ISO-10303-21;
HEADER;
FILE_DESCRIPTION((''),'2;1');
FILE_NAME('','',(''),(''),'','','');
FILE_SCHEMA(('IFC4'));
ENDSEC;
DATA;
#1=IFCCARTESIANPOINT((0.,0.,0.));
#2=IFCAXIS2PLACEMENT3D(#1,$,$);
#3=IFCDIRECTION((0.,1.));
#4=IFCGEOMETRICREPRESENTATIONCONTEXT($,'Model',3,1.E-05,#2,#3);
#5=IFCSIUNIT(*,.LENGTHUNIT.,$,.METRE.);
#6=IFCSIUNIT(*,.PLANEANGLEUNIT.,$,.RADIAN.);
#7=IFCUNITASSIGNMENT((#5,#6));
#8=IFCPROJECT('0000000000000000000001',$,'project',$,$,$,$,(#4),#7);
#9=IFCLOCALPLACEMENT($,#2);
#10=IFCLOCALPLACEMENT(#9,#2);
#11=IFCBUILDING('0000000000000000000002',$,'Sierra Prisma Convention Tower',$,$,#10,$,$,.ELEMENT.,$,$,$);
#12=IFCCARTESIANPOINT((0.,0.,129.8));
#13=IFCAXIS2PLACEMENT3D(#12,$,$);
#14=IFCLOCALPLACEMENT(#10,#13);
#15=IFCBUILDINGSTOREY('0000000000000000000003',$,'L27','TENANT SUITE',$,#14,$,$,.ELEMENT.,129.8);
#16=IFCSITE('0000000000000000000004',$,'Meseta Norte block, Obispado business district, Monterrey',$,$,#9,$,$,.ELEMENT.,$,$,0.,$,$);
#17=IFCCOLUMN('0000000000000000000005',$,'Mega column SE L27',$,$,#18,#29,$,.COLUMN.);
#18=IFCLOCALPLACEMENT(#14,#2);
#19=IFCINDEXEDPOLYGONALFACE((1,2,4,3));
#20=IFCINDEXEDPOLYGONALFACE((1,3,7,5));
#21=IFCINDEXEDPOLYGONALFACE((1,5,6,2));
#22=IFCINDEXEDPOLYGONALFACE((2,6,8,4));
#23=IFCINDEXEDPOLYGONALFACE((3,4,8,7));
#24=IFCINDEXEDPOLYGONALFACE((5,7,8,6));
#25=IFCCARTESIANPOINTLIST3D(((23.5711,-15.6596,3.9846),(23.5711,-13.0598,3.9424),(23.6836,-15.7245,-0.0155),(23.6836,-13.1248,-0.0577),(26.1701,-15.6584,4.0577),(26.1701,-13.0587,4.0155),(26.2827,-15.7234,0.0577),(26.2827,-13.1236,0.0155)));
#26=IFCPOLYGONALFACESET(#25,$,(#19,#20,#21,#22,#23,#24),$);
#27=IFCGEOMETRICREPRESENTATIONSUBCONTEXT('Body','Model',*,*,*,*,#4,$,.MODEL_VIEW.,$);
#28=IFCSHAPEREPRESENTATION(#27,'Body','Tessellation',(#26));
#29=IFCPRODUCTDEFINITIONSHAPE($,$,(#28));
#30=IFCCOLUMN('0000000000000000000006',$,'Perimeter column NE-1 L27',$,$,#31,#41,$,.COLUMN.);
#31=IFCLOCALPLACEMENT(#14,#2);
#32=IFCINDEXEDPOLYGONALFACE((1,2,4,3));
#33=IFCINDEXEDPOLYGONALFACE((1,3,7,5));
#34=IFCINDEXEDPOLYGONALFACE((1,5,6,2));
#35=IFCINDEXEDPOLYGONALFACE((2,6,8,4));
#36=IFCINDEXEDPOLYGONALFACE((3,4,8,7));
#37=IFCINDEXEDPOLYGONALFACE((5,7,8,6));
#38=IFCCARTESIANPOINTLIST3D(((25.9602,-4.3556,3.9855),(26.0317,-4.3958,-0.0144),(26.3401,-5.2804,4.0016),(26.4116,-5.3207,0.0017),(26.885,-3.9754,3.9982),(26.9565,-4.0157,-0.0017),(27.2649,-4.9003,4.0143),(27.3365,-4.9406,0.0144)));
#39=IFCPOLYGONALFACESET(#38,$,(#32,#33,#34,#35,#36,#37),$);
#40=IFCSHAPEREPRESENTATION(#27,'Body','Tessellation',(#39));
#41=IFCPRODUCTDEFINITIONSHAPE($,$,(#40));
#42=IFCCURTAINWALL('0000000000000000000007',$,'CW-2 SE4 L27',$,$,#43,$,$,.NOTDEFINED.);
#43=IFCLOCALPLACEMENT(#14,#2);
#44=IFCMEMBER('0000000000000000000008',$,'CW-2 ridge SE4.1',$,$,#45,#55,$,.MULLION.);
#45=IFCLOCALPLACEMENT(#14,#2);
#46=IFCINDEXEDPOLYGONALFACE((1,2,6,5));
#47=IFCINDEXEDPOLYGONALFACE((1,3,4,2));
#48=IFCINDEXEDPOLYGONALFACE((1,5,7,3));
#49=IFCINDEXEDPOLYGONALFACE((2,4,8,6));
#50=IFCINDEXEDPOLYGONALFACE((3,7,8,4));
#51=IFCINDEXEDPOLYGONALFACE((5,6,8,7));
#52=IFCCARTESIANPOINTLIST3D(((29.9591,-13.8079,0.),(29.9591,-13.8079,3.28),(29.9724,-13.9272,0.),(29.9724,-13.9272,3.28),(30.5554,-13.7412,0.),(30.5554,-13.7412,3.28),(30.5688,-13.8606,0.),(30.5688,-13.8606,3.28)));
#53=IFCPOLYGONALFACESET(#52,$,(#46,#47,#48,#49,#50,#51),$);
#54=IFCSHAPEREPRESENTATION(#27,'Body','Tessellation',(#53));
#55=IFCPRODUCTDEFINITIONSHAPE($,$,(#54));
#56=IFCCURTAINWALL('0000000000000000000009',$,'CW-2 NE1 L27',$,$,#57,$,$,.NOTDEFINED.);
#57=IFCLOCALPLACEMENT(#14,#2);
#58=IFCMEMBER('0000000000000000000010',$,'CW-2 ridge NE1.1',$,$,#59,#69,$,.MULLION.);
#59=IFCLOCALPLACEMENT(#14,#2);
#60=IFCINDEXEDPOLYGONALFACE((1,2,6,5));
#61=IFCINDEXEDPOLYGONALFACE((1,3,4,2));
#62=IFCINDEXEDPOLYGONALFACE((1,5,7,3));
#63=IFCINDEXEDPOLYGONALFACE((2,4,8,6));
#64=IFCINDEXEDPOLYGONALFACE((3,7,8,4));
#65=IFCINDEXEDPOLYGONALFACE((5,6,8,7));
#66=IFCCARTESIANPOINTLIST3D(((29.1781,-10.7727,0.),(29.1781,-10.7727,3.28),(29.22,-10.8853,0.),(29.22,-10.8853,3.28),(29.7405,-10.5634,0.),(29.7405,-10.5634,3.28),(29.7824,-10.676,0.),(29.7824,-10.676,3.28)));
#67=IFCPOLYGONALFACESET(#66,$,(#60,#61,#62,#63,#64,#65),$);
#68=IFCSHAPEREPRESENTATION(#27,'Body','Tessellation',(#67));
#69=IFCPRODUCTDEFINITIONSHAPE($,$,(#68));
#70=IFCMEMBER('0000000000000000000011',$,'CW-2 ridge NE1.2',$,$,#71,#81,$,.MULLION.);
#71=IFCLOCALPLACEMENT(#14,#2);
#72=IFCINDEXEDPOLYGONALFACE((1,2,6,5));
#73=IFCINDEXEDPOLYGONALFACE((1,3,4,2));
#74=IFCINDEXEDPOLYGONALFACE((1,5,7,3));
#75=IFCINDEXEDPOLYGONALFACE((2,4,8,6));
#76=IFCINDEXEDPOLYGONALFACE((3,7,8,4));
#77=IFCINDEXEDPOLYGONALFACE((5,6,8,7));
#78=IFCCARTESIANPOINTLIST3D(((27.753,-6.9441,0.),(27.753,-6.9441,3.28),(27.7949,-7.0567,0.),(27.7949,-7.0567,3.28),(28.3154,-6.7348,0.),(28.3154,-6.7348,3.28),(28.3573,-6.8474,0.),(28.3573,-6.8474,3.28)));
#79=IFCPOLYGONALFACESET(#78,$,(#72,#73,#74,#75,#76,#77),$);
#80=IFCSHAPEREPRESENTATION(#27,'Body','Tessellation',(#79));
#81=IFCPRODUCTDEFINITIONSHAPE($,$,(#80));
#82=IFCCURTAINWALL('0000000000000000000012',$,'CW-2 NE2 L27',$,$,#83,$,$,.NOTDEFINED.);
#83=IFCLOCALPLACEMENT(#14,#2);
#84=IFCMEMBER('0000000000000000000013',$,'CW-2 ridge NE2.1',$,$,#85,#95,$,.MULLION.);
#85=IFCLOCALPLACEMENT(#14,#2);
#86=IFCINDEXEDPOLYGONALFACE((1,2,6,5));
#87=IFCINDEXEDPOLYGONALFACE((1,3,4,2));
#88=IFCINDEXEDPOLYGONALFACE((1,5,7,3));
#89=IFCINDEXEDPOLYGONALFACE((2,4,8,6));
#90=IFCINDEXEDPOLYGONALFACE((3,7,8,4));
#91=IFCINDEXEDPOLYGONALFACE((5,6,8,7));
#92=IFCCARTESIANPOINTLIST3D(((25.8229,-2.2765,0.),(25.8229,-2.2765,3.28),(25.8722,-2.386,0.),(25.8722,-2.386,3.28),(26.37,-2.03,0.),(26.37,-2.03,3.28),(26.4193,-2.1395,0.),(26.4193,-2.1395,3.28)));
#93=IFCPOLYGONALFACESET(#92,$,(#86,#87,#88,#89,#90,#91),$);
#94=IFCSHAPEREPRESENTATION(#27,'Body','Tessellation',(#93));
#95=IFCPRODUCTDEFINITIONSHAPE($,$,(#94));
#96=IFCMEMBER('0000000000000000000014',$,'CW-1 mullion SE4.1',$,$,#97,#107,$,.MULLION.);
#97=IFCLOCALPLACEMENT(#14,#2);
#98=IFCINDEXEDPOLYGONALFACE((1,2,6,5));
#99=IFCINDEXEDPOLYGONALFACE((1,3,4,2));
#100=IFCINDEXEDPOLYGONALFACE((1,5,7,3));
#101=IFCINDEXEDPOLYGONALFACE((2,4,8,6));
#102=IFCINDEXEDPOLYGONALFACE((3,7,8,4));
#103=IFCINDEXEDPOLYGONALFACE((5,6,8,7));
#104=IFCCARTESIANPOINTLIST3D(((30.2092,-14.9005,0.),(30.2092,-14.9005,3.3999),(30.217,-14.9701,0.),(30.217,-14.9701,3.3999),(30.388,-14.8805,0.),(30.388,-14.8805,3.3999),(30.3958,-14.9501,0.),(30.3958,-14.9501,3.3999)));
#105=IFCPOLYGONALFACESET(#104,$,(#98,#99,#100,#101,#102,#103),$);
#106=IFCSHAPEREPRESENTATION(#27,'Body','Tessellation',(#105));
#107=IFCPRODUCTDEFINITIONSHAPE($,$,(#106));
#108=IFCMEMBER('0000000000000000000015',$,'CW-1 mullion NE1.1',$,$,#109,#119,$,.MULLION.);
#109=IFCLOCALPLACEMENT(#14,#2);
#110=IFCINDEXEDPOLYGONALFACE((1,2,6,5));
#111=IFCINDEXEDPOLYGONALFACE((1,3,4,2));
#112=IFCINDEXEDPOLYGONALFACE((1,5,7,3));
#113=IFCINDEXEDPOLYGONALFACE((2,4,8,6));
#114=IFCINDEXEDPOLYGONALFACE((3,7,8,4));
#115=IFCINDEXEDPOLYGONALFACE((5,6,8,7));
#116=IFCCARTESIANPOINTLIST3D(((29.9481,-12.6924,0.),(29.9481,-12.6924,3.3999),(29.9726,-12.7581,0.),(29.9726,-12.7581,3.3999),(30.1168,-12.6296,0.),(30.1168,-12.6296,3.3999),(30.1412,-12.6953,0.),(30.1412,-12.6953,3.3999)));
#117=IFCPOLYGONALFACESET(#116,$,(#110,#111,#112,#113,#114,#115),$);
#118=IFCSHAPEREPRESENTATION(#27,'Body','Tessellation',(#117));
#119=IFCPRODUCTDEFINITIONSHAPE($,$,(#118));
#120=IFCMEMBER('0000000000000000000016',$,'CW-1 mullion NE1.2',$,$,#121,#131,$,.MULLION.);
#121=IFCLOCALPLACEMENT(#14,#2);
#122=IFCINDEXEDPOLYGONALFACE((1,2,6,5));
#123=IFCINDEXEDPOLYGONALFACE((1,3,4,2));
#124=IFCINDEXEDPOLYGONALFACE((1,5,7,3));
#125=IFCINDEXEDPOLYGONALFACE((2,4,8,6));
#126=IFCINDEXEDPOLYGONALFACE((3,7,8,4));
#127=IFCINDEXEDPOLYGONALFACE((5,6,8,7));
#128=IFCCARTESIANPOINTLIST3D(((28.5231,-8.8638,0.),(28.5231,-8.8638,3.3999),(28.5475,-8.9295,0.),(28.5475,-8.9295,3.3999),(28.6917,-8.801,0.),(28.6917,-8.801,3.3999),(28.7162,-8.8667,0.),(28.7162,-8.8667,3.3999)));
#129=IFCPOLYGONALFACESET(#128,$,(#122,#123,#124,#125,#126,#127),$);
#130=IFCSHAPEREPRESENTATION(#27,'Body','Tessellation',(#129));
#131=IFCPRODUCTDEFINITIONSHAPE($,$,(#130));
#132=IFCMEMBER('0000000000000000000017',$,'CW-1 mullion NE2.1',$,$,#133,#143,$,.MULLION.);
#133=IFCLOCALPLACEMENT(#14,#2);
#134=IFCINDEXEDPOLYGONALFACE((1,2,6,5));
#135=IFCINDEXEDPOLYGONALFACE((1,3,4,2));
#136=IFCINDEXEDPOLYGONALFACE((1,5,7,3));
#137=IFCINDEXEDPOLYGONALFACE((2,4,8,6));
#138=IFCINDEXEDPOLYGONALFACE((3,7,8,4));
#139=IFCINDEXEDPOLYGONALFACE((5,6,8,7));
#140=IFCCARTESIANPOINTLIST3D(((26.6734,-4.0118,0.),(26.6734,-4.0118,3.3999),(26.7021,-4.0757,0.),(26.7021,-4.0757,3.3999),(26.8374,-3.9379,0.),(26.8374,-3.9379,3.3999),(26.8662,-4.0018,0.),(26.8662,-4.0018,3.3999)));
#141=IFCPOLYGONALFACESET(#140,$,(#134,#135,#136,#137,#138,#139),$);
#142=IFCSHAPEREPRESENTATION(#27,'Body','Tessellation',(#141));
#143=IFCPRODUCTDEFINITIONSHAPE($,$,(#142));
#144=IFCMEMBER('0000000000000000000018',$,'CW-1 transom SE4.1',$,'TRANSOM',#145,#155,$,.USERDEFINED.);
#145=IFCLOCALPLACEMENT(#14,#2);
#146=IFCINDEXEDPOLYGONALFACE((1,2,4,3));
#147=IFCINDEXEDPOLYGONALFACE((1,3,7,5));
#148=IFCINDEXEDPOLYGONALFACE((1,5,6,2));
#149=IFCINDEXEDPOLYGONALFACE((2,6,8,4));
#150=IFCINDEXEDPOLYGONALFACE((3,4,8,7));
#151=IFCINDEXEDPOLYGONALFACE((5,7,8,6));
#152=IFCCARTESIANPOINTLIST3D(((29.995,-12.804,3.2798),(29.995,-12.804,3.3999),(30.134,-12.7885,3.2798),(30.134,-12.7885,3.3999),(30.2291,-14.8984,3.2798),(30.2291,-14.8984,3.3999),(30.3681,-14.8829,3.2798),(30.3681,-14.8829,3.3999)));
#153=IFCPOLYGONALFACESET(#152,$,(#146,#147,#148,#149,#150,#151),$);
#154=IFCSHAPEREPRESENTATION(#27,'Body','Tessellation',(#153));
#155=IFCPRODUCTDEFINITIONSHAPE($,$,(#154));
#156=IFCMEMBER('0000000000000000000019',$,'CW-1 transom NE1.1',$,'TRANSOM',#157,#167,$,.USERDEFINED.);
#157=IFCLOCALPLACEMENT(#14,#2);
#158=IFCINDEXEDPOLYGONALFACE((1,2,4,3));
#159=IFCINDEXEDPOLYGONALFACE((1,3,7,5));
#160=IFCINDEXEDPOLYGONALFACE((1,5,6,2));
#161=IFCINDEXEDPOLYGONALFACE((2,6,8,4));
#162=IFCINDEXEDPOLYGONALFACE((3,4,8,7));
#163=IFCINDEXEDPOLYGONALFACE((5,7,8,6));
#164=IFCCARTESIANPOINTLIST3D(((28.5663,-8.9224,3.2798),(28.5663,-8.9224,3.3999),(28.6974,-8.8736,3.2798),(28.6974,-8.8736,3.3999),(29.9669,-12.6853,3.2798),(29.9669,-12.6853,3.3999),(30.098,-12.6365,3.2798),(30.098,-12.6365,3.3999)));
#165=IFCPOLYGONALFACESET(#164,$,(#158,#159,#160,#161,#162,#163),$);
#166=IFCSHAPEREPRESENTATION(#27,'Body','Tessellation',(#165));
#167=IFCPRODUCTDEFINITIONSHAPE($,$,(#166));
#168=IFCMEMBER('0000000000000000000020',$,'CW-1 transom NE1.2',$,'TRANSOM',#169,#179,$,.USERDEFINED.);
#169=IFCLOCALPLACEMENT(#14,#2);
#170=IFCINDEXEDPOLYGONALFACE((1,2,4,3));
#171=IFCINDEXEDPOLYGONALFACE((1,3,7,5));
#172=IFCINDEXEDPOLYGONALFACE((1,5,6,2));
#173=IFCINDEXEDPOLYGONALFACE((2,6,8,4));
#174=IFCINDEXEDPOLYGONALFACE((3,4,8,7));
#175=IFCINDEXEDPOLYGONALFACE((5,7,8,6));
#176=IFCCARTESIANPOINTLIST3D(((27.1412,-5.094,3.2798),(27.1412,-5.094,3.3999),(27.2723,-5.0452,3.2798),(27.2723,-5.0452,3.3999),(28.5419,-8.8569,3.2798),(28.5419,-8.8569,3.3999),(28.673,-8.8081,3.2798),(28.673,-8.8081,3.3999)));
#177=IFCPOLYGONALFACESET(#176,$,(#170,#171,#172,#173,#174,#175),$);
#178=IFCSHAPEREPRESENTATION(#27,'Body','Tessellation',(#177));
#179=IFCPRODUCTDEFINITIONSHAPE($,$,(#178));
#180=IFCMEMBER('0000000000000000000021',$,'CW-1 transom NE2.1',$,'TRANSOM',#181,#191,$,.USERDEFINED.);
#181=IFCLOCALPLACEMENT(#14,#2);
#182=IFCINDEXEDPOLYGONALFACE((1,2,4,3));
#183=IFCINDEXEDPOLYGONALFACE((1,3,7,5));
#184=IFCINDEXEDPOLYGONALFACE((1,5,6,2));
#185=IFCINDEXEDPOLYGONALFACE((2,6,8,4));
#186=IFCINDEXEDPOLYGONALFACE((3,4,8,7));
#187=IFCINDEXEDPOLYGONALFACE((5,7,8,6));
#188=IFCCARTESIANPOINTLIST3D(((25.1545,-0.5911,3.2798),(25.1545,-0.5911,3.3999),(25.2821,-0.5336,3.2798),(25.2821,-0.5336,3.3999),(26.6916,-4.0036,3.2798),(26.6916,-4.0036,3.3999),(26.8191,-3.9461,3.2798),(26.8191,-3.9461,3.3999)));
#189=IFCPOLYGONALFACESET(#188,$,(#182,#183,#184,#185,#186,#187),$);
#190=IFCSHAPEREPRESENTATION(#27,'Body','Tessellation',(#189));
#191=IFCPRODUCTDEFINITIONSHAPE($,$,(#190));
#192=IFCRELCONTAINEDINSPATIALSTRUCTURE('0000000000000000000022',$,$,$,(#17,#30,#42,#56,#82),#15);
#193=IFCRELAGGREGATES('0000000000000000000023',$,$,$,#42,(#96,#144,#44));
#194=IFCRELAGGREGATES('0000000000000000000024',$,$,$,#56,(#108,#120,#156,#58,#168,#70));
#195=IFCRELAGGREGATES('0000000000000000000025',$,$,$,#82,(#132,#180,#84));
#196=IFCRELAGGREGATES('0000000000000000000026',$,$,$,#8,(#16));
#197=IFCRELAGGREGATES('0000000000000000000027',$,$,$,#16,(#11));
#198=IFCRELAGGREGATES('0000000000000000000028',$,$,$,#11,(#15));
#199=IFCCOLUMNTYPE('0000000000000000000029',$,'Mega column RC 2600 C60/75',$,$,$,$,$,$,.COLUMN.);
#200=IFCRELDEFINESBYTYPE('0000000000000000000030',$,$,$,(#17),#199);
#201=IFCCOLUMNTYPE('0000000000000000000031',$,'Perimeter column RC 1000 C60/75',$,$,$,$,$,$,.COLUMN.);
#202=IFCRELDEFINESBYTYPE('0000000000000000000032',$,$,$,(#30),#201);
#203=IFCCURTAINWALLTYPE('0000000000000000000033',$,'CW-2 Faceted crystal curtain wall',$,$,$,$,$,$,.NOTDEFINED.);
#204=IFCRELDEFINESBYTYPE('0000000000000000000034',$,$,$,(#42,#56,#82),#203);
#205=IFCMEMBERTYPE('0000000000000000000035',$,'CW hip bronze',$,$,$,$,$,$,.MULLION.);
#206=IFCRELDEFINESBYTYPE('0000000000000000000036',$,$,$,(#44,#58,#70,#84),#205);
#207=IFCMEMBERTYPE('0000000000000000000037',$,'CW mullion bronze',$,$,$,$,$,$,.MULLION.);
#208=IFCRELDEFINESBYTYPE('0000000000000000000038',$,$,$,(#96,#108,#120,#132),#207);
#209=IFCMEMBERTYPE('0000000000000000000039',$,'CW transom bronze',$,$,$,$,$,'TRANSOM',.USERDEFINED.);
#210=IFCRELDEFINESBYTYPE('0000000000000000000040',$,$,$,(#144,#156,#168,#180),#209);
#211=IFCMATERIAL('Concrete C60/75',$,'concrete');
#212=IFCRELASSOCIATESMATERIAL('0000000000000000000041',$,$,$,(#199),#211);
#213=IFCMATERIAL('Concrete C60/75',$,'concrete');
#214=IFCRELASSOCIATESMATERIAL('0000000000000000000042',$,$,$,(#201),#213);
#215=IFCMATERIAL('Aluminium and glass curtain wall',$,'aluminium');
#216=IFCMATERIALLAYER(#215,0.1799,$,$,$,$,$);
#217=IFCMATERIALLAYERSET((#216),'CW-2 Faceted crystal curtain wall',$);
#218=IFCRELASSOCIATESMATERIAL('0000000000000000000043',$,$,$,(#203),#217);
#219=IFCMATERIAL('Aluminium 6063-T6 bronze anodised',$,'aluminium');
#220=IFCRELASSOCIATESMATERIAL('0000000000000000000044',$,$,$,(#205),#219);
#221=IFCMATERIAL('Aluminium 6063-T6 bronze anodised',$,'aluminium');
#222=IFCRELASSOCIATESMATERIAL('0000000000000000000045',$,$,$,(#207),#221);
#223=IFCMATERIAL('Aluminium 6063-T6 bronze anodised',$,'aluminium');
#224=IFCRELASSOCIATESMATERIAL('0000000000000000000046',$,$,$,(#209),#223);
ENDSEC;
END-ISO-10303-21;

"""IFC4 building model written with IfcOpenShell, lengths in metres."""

from ifc_helpers import new_model, si_unit, direction, frame, origin, origin_2d, place, context, subcontext, project, spatial, rectangle, extrude, material, layer, layer_set, material_profile, profile_set, type_object, element, aggregate, save


model = new_model("IFC4")

# Units and contexts
model_context = context("Model", 3, precision=1e-05, world=origin(), true_north=direction((0.0, 1.0)))
body_context = subcontext(model_context, "Body", "Model", "MODEL_VIEW")
ifc_project = project(units=[si_unit("LENGTHUNIT", "METRE"), si_unit("PLANEANGLEUNIT", "RADIAN")], contexts=[model_context])

# Site, building, storey
site_placement = place(None, origin())
site = spatial("IfcSite", under=ifc_project, at=site_placement, Name="Meseta Norte block, Obispado business district, Monterrey", CompositionType="ELEMENT", RefElevation=0.0)
building_placement = place(site_placement, origin())
building = spatial("IfcBuilding", under=site, at=building_placement, Name="Sierra Prisma Convention Tower", CompositionType="ELEMENT")
storey_placement = place(building_placement, frame((0.0, 0.0, 129.8)))
storey = spatial("IfcBuildingStorey", under=building, at=storey_placement, Name="L27", Description="TENANT SUITE", CompositionType="ELEMENT", Elevation=129.8)

# Columns
ifc_material_1 = material(Name="Concrete C60/75", Category="concrete")
ifc_material_profile_1 = material_profile(ifc_material_1, rectangle(XDim=2.6001, YDim=2.6001, at=origin_2d()), Name="Mega column RC 2600 C60/75")
ifc_profile_set_1 = profile_set([ifc_material_profile_1], Name="Concrete C60/75")
column_type_1 = type_object("IfcColumnType", Name="Mega column RC 2600 C60/75", PredefinedType="COLUMN", material=ifc_profile_set_1)
column_1_placement = place(storey_placement, frame((24.9832, -14.4241, 0.0), z_axis=(-0.028122, 0.016227, 0.999473), x_axis=(0.999604, 0.000457, 0.028119)))
element("IfcColumn", 1, at=column_1_placement, inside=storey, type_object=column_type_1, Name="Mega column SE L27", PredefinedType="COLUMN", context=body_context, shape_type="SweptSolid", body=[
    extrude(rectangle(XDim=2.6001, YDim=2.6001, at=origin_2d()), origin(), (0.0, 0.0, 1.0), 4.0022),
])
ifc_material_2 = material(Name="Concrete C60/75", Category="concrete")
ifc_material_profile_2 = material_profile(ifc_material_2, rectangle(XDim=1.0, YDim=1.0, at=origin_2d()), Name="Perimeter column RC 1000 C60/75")
ifc_profile_set_2 = profile_set([ifc_material_profile_2], Name="Concrete C60/75")
column_type_2 = type_object("IfcColumnType", Name="Perimeter column RC 1000 C60/75", PredefinedType="COLUMN", material=ifc_profile_set_2)
column_2_placement = place(storey_placement, frame((26.6841, -4.6682, 0.0), z_axis=(-0.01788, 0.010069, 0.999789), x_axis=(-0.37992, 0.924879, -0.016108)))
element("IfcColumn", 2, at=column_2_placement, inside=storey, type_object=column_type_2, Name="Perimeter column NE-1 L27", PredefinedType="COLUMN", context=body_context, shape_type="SweptSolid", body=[
    extrude(rectangle(XDim=1.0, YDim=1.0, at=origin_2d()), origin(), (0.0, 0.0, 1.0), 4.0007),
])

# Curtain wall, member
ifc_material_3 = material(Name="Aluminium and glass curtain wall", Category="aluminium")
ifc_layer_1 = layer(ifc_material_3, 0.1799)
ifc_layer_set_1 = layer_set([ifc_layer_1], Name="CW-2 Faceted crystal curtain wall")
curtain_wall_type = type_object("IfcCurtainWallType", Name="CW-2 Faceted crystal curtain wall", PredefinedType="NOTDEFINED", material=ifc_layer_set_1)
curtain_wall_1_placement = place(storey_placement, origin())
curtain_wall_1 = element("IfcCurtainWall", 3, at=curtain_wall_1_placement, inside=storey, type_object=curtain_wall_type, Name="CW-2 SE4 L27", PredefinedType="NOTDEFINED")
ifc_material_4 = material(Name="Aluminium 6063-T6 bronze anodised", Category="aluminium")
ifc_material_profile_3 = material_profile(ifc_material_4, rectangle(XDim=0.1201, YDim=0.6001, at=origin_2d()), Name="ALU RIDGE BLADE 120x600")
ifc_profile_set_3 = profile_set([ifc_material_profile_3], Name="Aluminium 6063-T6 bronze anodised")
member_type_1 = type_object("IfcMemberType", Name="CW hip bronze", PredefinedType="MULLION", material=ifc_profile_set_3)
member_1_placement = place(storey_placement, frame((30.2639, -13.8342, 0.0), z_axis=(0.0, 0.0, 1.0), x_axis=(-0.11102, 0.993818, 0.0)))
member_1 = element("IfcMember", 4, at=member_1_placement, type_object=member_type_1, Name="CW-2 ridge SE4.1", PredefinedType="MULLION", context=body_context, shape_type="SweptSolid", body=[
    extrude(rectangle(XDim=0.1201, YDim=0.6001, at=origin_2d()), origin(), (0.0, 0.0, 1.0), 3.28),
])

# Curtain wall, members
curtain_wall_2_placement = place(storey_placement, origin())
curtain_wall_2 = element("IfcCurtainWall", 5, at=curtain_wall_2_placement, inside=storey, type_object=curtain_wall_type, Name="CW-2 NE1 L27", PredefinedType="NOTDEFINED")
member_2_placement = place(storey_placement, frame((29.4802, -10.7244, 0.0), z_axis=(0.0, 0.0, 1.0), x_axis=(-0.348829, 0.937187, 0.0)))
member_2 = element("IfcMember", 6, at=member_2_placement, type_object=member_type_1, Name="CW-2 ridge NE1.1", PredefinedType="MULLION", context=body_context, shape_type="SweptSolid", body=[
    extrude(rectangle(XDim=0.1201, YDim=0.6001, at=origin_2d()), origin(), (0.0, 0.0, 1.0), 3.28),
])
member_3_placement = place(storey_placement, frame((28.0552, -6.8958, 0.0), z_axis=(0.0, 0.0, 1.0), x_axis=(-0.348829, 0.937187, 0.0)))
member_3 = element("IfcMember", 7, at=member_3_placement, type_object=member_type_1, Name="CW-2 ridge NE1.2", PredefinedType="MULLION", context=body_context, shape_type="SweptSolid", body=[
    extrude(rectangle(XDim=0.1201, YDim=0.6001, at=origin_2d()), origin(), (0.0, 0.0, 1.0), 3.28),
])

# Curtain wall, member
curtain_wall_3_placement = place(storey_placement, origin())
curtain_wall_3 = element("IfcCurtainWall", 8, at=curtain_wall_3_placement, inside=storey, type_object=curtain_wall_type, Name="CW-2 NE2 L27", PredefinedType="NOTDEFINED")
member_4_placement = place(storey_placement, frame((26.1211, -2.208, 0.0), z_axis=(0.0, 0.0, 1.0), x_axis=(-0.410709, 0.911766, 0.0)))
member_4 = element("IfcMember", 9, at=member_4_placement, type_object=member_type_1, Name="CW-2 ridge NE2.1", PredefinedType="MULLION", context=body_context, shape_type="SweptSolid", body=[
    extrude(rectangle(XDim=0.1201, YDim=0.6001, at=origin_2d()), origin(), (0.0, 0.0, 1.0), 3.28),
])

# Members
ifc_material_5 = material(Name="Aluminium 6063-T6 bronze anodised", Category="aluminium")
ifc_material_profile_4 = material_profile(ifc_material_5, rectangle(XDim=0.1799, YDim=0.0701, at=origin_2d()), Name="ALU MULLION 70x180")
ifc_profile_set_4 = profile_set([ifc_material_profile_4], Name="Aluminium 6063-T6 bronze anodised")
member_type_2 = type_object("IfcMemberType", Name="CW mullion bronze", PredefinedType="MULLION", material=ifc_profile_set_4)
member_5_placement = place(storey_placement, frame((30.3025, -14.9253, 0.0), z_axis=(0.0, 0.0, 1.0), x_axis=(-0.993818, -0.11102, 0.0)))
member_5 = element("IfcMember", 10, at=member_5_placement, type_object=member_type_2, Name="CW-1 mullion SE4.1", PredefinedType="MULLION", context=body_context, shape_type="SweptSolid", body=[
    extrude(rectangle(XDim=0.1799, YDim=0.0701, at=origin_2d()), origin(), (0.0, 0.0, 1.0), 3.3999),
])
member_6_placement = place(storey_placement, frame((30.0447, -12.6938, 0.0), z_axis=(0.0, 0.0, 1.0), x_axis=(-0.937187, -0.348829, 0.0)))
member_6 = element("IfcMember", 11, at=member_6_placement, type_object=member_type_2, Name="CW-1 mullion NE1.1", PredefinedType="MULLION", context=body_context, shape_type="SweptSolid", body=[
    extrude(rectangle(XDim=0.1799, YDim=0.0701, at=origin_2d()), origin(), (0.0, 0.0, 1.0), 3.3999),
])
member_7_placement = place(storey_placement, frame((28.6196, -8.8652, 0.0), z_axis=(0.0, 0.0, 1.0), x_axis=(-0.937187, -0.348829, 0.0)))
member_7 = element("IfcMember", 12, at=member_7_placement, type_object=member_type_2, Name="CW-1 mullion NE1.2", PredefinedType="MULLION", context=body_context, shape_type="SweptSolid", body=[
    extrude(rectangle(XDim=0.1799, YDim=0.0701, at=origin_2d()), origin(), (0.0, 0.0, 1.0), 3.3999),
])
member_8_placement = place(storey_placement, frame((26.7698, -4.0068, 0.0), z_axis=(0.0, 0.0, 1.0), x_axis=(-0.911766, -0.410709, 0.0)))
member_8 = element("IfcMember", 13, at=member_8_placement, type_object=member_type_2, Name="CW-1 mullion NE2.1", PredefinedType="MULLION", context=body_context, shape_type="SweptSolid", body=[
    extrude(rectangle(XDim=0.1799, YDim=0.0701, at=origin_2d()), origin(), (0.0, 0.0, 1.0), 3.3999),
])
ifc_material_6 = material(Name="Aluminium 6063-T6 bronze anodised", Category="aluminium")
ifc_material_profile_5 = material_profile(ifc_material_6, rectangle(XDim=0.1399, YDim=0.1201, at=origin_2d()), Name="ALU TRANSOM 120x140")
ifc_profile_set_5 = profile_set([ifc_material_profile_5], Name="Aluminium 6063-T6 bronze anodised")
member_type_3 = type_object("IfcMemberType", Name="CW transom bronze", ElementType="TRANSOM", PredefinedType="USERDEFINED", material=ifc_profile_set_5)
member_9_placement = place(storey_placement, frame((30.2986, -14.8906, 3.3398), z_axis=(-0.111093, 0.99381, 0.0), x_axis=(-0.99381, -0.111093, 0.0)))
member_9 = element("IfcMember", 14, at=member_9_placement, type_object=member_type_3, Name="CW-1 transom SE4.1", ObjectType="TRANSOM", PredefinedType="USERDEFINED", context=body_context, shape_type="SweptSolid", body=[
    extrude(rectangle(XDim=0.1399, YDim=0.1201, at=origin_2d()), origin(), (0.0, 0.0, 1.0), 2.1074),
])
member_10_placement = place(storey_placement, frame((30.0325, -12.6609, 3.3398), z_axis=(-0.348837, 0.937183, 0.0), x_axis=(-0.937183, -0.348837, 0.0)))
member_10 = element("IfcMember", 15, at=member_10_placement, type_object=member_type_3, Name="CW-1 transom NE1.1", ObjectType="TRANSOM", PredefinedType="USERDEFINED", context=body_context, shape_type="SweptSolid", body=[
    extrude(rectangle(XDim=0.1399, YDim=0.1201, at=origin_2d()), origin(), (0.0, 0.0, 1.0), 4.0151),
])
member_11_placement = place(storey_placement, frame((28.6074, -8.8325, 3.3398), z_axis=(-0.348837, 0.937183, 0.0), x_axis=(-0.937183, -0.348837, 0.0)))
member_11 = element("IfcMember", 16, at=member_11_placement, type_object=member_type_3, Name="CW-1 transom NE1.2", ObjectType="TRANSOM", PredefinedType="USERDEFINED", context=body_context, shape_type="SweptSolid", body=[
    extrude(rectangle(XDim=0.1399, YDim=0.1201, at=origin_2d()), origin(), (0.0, 0.0, 1.0), 4.0151),
])
member_12_placement = place(storey_placement, frame((26.7554, -3.9749, 3.3398), z_axis=(-0.410685, 0.911777, 0.0), x_axis=(-0.911777, -0.410685, 0.0)))
member_12 = element("IfcMember", 17, at=member_12_placement, type_object=member_type_3, Name="CW-1 transom NE2.1", ObjectType="TRANSOM", PredefinedType="USERDEFINED", context=body_context, shape_type="SweptSolid", body=[
    extrude(rectangle(XDim=0.1399, YDim=0.1201, at=origin_2d()), origin(), (0.0, 0.0, 1.0), 3.7427),
])

aggregate(curtain_wall_1, [member_5, member_9, member_1])
aggregate(curtain_wall_2, [member_6, member_7, member_10, member_2, member_11, member_3])
aggregate(curtain_wall_3, [member_8, member_12, member_4])

save(model, "model.ifc")
